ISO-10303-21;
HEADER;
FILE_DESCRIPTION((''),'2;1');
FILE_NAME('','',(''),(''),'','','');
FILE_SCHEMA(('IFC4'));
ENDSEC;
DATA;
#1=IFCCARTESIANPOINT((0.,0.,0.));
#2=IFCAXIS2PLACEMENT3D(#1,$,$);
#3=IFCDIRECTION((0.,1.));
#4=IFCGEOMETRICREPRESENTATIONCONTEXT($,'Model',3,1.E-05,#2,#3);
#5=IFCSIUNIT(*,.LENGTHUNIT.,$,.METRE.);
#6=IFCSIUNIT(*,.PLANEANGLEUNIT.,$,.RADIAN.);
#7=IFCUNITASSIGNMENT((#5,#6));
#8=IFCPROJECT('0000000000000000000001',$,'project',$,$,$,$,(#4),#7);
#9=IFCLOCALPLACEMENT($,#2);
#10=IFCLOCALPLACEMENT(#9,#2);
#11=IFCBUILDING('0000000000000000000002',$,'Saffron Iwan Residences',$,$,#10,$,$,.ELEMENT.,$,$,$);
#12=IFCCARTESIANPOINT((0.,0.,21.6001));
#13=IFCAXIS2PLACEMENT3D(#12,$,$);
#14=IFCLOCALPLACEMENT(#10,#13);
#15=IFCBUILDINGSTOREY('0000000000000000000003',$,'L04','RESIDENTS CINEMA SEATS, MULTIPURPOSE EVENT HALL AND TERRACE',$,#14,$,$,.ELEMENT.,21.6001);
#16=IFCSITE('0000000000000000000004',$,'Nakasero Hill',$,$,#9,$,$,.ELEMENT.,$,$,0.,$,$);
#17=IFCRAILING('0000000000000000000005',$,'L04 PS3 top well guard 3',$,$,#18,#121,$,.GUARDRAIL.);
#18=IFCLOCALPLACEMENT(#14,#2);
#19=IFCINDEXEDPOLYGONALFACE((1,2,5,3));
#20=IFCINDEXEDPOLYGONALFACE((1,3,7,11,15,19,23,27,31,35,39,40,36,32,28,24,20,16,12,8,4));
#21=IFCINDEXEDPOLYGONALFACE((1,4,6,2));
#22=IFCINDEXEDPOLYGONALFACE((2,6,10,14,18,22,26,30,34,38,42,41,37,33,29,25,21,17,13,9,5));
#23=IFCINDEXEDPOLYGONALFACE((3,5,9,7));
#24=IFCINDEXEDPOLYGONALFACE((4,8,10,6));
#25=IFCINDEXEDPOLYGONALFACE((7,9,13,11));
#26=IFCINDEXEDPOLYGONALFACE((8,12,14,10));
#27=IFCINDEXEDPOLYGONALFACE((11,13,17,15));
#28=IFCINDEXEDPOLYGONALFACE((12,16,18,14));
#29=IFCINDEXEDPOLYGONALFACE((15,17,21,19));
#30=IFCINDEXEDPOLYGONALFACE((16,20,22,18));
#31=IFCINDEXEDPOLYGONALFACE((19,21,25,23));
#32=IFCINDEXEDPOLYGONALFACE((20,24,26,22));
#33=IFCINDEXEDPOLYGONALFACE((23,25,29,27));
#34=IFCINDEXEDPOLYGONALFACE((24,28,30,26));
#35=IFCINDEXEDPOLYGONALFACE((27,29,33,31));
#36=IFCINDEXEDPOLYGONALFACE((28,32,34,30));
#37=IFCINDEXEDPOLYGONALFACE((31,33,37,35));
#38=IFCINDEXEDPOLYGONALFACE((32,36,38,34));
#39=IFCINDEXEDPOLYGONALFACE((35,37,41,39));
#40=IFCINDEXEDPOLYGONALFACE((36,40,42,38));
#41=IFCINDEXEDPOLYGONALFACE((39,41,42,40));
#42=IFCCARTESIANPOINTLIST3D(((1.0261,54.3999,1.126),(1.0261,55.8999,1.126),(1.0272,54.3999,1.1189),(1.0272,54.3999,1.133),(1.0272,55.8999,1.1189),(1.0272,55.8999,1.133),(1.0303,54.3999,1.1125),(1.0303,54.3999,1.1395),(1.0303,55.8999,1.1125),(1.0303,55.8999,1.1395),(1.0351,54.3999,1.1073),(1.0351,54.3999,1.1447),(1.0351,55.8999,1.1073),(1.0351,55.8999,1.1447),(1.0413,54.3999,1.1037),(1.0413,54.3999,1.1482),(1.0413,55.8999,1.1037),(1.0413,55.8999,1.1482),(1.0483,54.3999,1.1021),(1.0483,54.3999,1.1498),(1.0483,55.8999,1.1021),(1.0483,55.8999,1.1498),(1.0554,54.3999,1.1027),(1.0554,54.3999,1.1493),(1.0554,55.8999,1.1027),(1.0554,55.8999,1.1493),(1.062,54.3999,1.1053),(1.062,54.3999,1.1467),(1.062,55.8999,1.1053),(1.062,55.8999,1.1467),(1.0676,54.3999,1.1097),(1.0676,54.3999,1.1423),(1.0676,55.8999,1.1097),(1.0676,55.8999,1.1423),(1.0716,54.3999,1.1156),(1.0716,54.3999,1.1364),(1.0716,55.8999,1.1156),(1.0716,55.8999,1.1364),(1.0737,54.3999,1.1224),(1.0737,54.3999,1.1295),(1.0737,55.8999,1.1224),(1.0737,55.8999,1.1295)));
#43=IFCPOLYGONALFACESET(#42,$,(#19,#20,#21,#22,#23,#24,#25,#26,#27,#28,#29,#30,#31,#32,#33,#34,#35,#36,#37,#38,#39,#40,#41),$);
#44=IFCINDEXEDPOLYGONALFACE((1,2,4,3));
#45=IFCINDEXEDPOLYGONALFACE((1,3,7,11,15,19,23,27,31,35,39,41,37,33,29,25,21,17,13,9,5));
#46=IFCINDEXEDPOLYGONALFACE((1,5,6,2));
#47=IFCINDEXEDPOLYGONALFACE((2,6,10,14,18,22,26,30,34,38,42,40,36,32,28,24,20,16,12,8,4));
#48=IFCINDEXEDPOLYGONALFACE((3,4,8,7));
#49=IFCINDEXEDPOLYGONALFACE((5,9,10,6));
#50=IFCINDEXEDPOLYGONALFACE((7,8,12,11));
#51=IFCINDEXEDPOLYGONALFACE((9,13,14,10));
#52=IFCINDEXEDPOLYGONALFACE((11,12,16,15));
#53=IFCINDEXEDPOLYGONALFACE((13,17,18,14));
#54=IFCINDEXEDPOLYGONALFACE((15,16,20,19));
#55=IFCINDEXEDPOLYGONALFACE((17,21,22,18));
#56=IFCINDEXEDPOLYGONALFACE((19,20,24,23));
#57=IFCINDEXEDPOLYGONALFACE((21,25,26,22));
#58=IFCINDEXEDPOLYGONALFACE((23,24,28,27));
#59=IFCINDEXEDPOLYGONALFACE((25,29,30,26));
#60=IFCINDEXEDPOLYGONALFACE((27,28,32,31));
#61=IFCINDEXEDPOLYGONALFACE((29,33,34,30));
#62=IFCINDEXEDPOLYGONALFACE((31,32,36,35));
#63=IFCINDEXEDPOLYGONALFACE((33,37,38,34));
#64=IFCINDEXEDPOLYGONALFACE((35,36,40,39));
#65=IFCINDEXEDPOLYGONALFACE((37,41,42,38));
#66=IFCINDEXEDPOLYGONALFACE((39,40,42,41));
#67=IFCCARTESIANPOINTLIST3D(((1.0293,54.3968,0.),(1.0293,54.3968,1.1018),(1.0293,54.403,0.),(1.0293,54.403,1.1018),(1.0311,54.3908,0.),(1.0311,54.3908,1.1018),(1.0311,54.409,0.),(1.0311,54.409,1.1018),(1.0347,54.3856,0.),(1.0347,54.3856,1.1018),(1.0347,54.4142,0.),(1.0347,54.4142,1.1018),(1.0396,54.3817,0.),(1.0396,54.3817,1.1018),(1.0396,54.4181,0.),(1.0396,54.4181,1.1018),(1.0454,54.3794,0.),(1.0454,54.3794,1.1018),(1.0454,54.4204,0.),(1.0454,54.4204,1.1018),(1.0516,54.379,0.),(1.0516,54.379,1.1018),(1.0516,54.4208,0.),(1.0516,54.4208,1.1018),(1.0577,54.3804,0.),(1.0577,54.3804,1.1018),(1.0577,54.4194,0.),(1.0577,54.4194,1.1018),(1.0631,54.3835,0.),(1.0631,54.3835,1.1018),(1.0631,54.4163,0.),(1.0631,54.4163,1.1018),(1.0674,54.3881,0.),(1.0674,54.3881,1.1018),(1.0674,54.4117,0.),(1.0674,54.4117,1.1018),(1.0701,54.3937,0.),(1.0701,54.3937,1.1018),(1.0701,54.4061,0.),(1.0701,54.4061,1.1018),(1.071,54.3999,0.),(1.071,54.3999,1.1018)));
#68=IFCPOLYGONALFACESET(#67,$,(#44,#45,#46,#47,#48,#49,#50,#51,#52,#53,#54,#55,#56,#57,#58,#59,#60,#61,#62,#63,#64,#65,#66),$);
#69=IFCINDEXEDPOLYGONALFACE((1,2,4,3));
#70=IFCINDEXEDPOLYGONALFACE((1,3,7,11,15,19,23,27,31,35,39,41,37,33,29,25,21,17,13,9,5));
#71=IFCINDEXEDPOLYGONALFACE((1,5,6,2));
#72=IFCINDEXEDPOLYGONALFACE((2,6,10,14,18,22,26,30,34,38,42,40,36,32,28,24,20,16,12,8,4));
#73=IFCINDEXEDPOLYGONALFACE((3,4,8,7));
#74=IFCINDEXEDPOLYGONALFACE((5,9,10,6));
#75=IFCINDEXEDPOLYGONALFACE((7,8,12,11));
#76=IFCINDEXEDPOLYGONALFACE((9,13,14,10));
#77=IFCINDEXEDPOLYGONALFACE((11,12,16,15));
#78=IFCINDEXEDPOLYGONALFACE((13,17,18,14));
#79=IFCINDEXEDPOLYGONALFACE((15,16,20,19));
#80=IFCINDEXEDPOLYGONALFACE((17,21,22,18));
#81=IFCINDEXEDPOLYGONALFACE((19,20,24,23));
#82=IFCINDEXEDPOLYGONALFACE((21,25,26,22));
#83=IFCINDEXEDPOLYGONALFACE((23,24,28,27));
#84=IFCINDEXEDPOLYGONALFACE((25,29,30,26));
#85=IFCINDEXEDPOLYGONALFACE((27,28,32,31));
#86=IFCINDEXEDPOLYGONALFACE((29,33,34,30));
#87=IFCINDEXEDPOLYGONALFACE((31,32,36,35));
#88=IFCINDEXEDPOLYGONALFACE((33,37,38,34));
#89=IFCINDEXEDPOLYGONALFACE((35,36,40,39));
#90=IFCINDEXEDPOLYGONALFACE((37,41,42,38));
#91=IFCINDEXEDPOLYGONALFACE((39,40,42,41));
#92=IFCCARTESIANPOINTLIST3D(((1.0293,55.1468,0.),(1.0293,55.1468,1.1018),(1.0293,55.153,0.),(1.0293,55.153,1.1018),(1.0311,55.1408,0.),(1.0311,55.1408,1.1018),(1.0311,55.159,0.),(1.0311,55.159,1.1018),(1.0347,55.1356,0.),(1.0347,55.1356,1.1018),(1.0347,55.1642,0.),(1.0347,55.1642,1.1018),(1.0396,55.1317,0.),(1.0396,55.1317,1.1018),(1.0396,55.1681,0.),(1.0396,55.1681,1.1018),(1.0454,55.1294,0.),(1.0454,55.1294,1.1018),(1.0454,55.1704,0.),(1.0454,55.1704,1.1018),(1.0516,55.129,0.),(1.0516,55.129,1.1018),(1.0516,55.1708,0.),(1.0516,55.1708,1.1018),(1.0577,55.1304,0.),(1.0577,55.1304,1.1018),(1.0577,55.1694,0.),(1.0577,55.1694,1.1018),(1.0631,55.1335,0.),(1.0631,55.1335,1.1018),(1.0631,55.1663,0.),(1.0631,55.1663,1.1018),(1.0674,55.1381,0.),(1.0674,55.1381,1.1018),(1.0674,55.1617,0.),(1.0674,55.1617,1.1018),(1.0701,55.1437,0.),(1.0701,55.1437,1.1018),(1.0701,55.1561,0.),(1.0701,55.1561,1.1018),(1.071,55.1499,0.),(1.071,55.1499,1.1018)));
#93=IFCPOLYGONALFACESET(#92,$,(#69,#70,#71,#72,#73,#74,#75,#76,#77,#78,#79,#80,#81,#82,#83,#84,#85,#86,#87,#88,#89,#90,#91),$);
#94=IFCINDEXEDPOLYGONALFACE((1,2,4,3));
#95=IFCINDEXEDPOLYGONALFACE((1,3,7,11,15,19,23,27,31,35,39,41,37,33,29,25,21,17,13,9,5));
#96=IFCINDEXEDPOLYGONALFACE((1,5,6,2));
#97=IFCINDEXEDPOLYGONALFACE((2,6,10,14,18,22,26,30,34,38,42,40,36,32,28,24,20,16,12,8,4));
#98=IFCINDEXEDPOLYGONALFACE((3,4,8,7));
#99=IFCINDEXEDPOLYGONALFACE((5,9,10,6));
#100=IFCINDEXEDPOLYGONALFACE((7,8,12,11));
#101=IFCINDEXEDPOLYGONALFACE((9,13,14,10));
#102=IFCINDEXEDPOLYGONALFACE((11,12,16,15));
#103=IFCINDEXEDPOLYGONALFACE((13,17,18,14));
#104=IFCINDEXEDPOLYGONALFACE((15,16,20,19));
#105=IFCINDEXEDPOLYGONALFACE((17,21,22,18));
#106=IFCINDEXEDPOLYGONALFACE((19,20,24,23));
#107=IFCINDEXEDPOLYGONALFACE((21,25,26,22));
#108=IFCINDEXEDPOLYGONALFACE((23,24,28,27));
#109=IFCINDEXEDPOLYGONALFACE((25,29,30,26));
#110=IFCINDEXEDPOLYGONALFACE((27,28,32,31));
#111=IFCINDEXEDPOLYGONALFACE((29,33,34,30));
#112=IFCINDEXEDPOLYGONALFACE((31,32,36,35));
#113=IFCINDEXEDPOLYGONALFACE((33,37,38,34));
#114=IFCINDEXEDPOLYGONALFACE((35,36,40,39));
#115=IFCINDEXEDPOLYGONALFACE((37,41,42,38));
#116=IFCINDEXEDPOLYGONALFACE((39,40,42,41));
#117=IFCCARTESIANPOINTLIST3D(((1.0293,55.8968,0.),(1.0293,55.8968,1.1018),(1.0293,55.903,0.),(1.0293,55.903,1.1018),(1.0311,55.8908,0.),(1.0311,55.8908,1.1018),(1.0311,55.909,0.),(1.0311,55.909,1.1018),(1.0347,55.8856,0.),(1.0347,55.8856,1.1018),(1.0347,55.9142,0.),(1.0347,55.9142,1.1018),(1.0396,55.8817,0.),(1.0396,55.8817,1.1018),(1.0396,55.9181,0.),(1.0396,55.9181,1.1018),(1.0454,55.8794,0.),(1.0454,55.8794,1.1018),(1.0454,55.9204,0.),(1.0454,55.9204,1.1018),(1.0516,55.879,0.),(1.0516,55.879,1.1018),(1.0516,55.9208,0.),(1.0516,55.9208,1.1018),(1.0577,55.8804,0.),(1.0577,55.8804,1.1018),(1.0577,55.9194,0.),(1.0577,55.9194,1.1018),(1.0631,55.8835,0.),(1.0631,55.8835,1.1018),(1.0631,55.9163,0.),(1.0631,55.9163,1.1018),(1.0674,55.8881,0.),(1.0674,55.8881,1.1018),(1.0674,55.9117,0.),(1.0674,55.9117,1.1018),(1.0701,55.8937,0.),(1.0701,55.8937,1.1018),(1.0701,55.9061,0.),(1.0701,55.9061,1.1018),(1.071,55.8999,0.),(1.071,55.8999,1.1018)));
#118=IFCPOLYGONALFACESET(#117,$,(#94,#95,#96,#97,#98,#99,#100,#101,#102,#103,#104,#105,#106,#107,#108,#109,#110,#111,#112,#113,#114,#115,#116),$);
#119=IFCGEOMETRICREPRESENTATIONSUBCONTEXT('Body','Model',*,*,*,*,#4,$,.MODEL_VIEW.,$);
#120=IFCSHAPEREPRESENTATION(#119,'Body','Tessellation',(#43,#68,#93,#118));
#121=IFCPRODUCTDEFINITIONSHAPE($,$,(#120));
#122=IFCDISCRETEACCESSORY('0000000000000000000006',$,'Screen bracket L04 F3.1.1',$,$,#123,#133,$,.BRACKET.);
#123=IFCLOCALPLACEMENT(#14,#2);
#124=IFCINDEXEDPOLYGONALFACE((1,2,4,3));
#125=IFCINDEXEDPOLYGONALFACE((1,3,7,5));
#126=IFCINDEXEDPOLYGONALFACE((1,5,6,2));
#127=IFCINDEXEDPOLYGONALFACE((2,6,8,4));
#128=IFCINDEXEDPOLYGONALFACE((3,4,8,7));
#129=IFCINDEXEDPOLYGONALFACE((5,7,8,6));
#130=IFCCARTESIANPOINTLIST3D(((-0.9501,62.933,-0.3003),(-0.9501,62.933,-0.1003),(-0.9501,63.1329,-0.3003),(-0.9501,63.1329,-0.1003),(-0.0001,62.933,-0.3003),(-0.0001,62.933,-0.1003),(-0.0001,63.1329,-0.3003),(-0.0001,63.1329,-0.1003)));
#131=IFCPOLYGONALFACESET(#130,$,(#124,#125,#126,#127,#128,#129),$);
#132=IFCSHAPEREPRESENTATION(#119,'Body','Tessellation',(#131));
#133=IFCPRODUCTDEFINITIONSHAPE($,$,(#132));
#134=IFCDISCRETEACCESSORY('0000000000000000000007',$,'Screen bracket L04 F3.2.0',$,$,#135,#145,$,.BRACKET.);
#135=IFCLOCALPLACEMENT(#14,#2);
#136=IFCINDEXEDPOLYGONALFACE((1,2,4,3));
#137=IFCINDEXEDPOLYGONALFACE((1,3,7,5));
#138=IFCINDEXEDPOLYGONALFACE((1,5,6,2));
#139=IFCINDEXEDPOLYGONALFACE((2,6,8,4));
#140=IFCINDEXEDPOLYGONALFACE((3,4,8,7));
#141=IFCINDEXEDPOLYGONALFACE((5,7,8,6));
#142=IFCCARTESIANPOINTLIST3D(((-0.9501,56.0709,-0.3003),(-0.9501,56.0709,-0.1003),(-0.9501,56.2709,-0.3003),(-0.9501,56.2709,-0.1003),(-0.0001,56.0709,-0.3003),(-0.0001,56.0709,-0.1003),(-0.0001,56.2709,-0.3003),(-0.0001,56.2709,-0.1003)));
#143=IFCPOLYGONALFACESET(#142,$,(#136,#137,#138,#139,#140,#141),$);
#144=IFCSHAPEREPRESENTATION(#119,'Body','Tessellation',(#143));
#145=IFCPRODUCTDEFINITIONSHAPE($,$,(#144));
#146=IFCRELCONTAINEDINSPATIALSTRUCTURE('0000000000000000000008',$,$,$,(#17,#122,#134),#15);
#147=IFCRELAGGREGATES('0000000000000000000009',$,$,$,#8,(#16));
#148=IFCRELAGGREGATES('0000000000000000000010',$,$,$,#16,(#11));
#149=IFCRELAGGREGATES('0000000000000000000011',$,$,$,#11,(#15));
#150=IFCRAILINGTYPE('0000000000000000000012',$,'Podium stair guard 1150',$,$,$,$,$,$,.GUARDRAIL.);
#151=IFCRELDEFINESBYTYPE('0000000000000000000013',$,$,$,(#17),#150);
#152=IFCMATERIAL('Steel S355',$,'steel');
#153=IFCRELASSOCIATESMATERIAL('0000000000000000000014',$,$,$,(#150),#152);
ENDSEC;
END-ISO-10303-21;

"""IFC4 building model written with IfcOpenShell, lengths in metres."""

from ifc_helpers import new_model, si_unit, direction, frame, origin, origin_2d, place, context, subcontext, project, spatial, rectangle, circle, extrude, source, transform, mapped, material, type_object, element, save


model = new_model("IFC4")

# Units and contexts
model_context = context("Model", 3, precision=1e-05, world=origin(), true_north=direction((0.0, 1.0)))
body_context = subcontext(model_context, "Body", "Model", "MODEL_VIEW")
ifc_project = project(units=[si_unit("LENGTHUNIT", "METRE"), si_unit("PLANEANGLEUNIT", "RADIAN")], contexts=[model_context])

# Site, building, storey
site_placement = place(None, origin())
site = spatial("IfcSite", under=ifc_project, at=site_placement, Name="Nakasero Hill", CompositionType="ELEMENT", RefElevation=0.0)
building_placement = place(site_placement, origin())
building = spatial("IfcBuilding", under=site, at=building_placement, Name="Saffron Iwan Residences", CompositionType="ELEMENT")
storey_placement = place(building_placement, frame((0.0, 0.0, 21.6001)))
storey = spatial("IfcBuildingStorey", under=building, at=storey_placement, Name="L04", Description="RESIDENTS CINEMA SEATS, MULTIPURPOSE EVENT HALL AND TERRACE", CompositionType="ELEMENT", Elevation=21.6001)

# Railing
ifc_material_1 = material(Name="Steel S355", Category="steel")
railing_type = type_object("IfcRailingType", Name="Podium stair guard 1150", PredefinedType="GUARDRAIL", material=ifc_material_1)
railing_1_placement = place(storey_placement, frame((1.05, 54.3999, 0.0)))
element("IfcRailing", 1, at=railing_1_placement, inside=storey, type_object=railing_type, Name="L04 PS3 top well guard 3", PredefinedType="GUARDRAIL", context=body_context, shape_type="SweptSolid", body=[
    extrude(circle(Radius=0.0239, at=origin_2d()), frame((0.0, 0.0, 1.126), z_axis=(0.0, 1.0, 0.0), x_axis=(-1.0, 0.0, 0.0)), (0.0, 0.0, 1.0), 1.5),
    extrude(circle(Radius=0.021, at=origin_2d()), origin(), (0.0, 0.0, 1.0), 1.1018),
    extrude(circle(Radius=0.021, at=origin_2d()), frame((0.0, 0.75, 0.0)), (0.0, 0.0, 1.0), 1.1018),
    extrude(circle(Radius=0.021, at=origin_2d()), frame((0.0, 1.5, 0.0)), (0.0, 0.0, 1.0), 1.1018),
])

# Discrete accessories
shared_shape_1 = source(origin(), body_context, "Body", "SweptSolid", [
    extrude(rectangle(XDim=0.95, YDim=0.2, at=origin_2d()), origin(), (0.0, 0.0, 1.0), 0.2),
])
for number, where, z_axis, x_axis, name in (
    (2, (-0.4751, 63.033, -0.3003), (0.0, 0.0, 1.0), (-1.0, 0.0, 0.0), "Screen bracket L04 F3.1.1"),
    (3, (-0.4751, 56.1709, -0.3003), (0.0, 0.0, 1.0), (-1.0, 0.0, 0.0), "Screen bracket L04 F3.2.0"),
):
    element("IfcDiscreteAccessory", number, at=place(storey_placement, frame(where, z_axis=z_axis, x_axis=x_axis)), inside=storey, Name=name, PredefinedType="BRACKET", context=body_context, shape_type="MappedRepresentation", body=[
        mapped(shared_shape_1, transform((0.0, 0.0, 0.0))),
    ])

save(model, "model.ifc")
